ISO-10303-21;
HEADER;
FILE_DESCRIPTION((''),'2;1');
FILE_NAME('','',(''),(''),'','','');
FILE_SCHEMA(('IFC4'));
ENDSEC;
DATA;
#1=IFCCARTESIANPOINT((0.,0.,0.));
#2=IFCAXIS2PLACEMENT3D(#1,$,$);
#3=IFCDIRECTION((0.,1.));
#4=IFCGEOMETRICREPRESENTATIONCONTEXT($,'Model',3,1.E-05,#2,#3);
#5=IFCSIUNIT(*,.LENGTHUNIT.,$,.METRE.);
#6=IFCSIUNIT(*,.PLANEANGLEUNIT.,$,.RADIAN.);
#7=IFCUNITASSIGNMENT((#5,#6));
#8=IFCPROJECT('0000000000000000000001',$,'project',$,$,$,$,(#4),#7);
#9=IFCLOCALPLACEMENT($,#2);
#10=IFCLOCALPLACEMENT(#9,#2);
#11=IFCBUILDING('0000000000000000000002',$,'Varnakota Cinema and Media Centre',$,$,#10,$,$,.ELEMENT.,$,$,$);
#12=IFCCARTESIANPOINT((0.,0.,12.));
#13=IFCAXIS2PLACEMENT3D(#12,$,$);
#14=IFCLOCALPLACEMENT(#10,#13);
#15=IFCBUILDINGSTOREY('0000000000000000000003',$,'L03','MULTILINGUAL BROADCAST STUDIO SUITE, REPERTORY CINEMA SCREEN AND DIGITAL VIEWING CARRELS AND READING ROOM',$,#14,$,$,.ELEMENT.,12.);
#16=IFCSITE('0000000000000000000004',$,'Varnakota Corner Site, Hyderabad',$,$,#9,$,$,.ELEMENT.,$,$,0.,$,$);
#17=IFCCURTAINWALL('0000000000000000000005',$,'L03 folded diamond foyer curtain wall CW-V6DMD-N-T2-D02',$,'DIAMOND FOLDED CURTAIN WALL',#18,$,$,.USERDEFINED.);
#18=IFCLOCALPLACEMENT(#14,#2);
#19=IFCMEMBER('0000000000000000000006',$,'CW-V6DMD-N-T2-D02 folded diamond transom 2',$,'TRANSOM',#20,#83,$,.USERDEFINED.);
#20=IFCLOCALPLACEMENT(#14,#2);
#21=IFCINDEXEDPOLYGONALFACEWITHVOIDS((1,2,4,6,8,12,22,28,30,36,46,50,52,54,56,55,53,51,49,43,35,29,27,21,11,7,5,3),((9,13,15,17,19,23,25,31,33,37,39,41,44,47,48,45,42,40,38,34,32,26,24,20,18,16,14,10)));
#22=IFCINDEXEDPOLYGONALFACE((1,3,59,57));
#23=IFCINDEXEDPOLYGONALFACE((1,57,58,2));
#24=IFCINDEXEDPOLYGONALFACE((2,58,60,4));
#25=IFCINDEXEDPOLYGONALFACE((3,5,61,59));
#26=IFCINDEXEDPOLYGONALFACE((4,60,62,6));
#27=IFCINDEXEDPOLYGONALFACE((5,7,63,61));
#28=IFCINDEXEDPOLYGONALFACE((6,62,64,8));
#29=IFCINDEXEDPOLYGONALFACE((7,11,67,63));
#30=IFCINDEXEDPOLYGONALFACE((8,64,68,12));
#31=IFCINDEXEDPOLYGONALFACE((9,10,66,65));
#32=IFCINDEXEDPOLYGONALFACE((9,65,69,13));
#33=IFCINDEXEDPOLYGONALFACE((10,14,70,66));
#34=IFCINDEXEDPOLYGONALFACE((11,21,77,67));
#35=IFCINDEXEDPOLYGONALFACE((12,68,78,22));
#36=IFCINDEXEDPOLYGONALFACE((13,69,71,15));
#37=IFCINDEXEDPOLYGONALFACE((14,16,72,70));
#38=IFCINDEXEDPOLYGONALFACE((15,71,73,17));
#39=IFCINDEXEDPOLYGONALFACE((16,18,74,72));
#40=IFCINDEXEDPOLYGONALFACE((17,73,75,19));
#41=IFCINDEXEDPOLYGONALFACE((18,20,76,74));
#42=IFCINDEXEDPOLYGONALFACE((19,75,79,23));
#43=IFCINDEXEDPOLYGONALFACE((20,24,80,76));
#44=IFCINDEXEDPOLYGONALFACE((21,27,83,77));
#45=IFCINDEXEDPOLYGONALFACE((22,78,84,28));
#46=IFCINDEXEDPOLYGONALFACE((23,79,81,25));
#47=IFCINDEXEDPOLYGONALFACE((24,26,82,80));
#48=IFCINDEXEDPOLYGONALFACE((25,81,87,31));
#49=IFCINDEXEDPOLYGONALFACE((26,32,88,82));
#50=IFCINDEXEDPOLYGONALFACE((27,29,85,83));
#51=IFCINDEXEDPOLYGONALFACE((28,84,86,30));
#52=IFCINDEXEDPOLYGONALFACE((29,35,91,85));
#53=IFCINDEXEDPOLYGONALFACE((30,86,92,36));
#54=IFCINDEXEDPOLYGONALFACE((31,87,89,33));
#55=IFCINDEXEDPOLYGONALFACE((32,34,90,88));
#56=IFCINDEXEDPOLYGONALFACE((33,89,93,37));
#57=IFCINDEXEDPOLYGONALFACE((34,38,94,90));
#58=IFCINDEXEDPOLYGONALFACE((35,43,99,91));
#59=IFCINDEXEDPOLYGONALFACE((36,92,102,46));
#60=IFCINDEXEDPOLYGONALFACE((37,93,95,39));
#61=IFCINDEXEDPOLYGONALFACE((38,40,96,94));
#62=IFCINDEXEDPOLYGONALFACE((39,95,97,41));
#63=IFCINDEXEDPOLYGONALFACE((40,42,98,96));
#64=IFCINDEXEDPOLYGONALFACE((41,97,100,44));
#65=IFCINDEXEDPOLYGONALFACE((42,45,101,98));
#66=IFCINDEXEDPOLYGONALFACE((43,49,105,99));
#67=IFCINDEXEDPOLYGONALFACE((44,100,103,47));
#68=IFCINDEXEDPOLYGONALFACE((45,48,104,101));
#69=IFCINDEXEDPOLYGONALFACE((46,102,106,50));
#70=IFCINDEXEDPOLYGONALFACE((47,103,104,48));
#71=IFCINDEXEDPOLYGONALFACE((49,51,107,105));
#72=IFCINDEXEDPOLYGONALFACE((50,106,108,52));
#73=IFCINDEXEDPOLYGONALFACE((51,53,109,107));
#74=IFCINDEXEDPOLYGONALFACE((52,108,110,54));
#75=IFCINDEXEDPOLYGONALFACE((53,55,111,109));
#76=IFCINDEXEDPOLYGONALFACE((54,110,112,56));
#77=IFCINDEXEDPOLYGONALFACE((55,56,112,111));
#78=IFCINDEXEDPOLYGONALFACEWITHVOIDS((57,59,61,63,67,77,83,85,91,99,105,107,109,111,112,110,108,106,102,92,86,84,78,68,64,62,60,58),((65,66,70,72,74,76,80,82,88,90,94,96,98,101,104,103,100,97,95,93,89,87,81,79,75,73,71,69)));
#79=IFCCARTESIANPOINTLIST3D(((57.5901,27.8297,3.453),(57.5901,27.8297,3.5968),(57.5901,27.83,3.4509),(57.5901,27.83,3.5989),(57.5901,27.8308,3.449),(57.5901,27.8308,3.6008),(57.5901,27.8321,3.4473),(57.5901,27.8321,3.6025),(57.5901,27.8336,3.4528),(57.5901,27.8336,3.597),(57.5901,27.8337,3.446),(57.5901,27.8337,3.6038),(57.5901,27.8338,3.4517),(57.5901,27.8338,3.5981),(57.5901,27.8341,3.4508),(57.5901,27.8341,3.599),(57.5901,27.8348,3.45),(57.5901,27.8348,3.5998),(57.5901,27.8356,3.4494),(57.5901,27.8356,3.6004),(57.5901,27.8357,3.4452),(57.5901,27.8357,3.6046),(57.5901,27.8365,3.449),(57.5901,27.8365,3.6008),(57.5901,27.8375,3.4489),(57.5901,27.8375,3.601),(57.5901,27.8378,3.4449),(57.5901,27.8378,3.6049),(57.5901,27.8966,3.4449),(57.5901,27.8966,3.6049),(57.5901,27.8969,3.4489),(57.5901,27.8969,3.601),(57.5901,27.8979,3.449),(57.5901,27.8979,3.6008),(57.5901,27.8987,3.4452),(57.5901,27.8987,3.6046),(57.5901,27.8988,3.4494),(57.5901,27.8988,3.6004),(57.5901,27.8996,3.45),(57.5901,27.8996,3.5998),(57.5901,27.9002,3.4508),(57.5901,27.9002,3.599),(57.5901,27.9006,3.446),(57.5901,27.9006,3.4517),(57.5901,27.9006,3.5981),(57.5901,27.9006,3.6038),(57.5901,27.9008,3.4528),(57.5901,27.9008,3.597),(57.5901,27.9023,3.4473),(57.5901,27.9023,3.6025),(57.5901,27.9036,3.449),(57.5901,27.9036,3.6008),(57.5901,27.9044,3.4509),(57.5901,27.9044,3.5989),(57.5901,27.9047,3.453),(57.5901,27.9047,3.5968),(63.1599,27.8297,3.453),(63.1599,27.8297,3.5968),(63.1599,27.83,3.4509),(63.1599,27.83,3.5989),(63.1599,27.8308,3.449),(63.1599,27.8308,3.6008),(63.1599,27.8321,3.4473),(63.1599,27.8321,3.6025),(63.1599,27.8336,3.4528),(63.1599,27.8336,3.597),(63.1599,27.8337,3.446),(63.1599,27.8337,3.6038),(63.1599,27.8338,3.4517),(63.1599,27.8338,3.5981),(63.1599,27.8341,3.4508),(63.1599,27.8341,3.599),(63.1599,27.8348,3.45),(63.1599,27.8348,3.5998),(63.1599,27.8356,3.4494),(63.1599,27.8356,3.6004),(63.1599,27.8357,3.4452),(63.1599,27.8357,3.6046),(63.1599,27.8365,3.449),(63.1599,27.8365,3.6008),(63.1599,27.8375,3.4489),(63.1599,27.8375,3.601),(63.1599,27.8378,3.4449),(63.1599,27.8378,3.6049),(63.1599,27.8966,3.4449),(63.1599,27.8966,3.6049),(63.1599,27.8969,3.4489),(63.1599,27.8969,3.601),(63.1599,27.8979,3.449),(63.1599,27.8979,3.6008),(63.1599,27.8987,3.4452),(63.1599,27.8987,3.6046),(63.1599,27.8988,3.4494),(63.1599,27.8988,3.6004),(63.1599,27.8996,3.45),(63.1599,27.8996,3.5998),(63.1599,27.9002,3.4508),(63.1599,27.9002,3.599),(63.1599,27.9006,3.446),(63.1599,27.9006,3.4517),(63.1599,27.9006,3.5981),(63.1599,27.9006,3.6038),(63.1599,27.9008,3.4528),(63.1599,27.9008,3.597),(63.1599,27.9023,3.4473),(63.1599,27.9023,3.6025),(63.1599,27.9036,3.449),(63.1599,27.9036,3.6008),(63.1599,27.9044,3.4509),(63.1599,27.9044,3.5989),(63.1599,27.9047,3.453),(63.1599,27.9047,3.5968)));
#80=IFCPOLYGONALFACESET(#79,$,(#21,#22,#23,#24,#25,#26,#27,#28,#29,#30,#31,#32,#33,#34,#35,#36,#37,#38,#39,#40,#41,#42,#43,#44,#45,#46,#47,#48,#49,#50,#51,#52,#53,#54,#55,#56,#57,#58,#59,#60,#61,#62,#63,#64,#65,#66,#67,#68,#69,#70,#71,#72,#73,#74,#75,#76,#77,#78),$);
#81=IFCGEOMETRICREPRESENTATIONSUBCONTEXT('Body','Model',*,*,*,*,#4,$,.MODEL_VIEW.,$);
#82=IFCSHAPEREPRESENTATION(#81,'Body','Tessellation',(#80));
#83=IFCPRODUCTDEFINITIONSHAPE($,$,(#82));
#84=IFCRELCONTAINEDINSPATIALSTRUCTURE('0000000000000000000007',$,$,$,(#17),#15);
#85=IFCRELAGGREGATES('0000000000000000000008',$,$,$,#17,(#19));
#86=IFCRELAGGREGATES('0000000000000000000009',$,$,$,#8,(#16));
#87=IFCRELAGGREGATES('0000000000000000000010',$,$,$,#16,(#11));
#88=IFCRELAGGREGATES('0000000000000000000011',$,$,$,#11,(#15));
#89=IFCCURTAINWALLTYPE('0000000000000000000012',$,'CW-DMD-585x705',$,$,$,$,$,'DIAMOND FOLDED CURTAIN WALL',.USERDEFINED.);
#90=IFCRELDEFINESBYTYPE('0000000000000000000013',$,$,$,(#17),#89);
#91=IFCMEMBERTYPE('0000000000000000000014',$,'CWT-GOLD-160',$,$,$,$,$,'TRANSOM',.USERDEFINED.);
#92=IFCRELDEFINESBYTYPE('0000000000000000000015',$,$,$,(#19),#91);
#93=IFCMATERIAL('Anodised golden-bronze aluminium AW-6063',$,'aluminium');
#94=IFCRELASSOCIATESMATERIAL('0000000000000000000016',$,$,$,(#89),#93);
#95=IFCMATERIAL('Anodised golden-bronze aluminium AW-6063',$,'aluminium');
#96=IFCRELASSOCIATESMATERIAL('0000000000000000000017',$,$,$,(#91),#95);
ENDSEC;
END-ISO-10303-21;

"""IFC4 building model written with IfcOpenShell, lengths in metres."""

from ifc_helpers import new_model, si_unit, direction, frame, origin, origin_2d, place, context, subcontext, project, spatial, hollow_rectangle, extrude, material, material_profile, profile_set, type_object, element, aggregate, save


model = new_model("IFC4")

# Units and contexts
model_context = context("Model", 3, precision=1e-05, world=origin(), true_north=direction((0.0, 1.0)))
body_context = subcontext(model_context, "Body", "Model", "MODEL_VIEW")
ifc_project = project(units=[si_unit("LENGTHUNIT", "METRE"), si_unit("PLANEANGLEUNIT", "RADIAN")], contexts=[model_context])

# Site, building, storey
site_placement = place(None, origin())
site = spatial("IfcSite", under=ifc_project, at=site_placement, Name="Varnakota Corner Site, Hyderabad", CompositionType="ELEMENT", RefElevation=0.0)
building_placement = place(site_placement, origin())
building = spatial("IfcBuilding", under=site, at=building_placement, Name="Varnakota Cinema and Media Centre", CompositionType="ELEMENT")
storey_placement = place(building_placement, frame((0.0, 0.0, 12.0)))
storey = spatial("IfcBuildingStorey", under=building, at=storey_placement, Name="L03", Description="MULTILINGUAL BROADCAST STUDIO SUITE, REPERTORY CINEMA SCREEN AND DIGITAL VIEWING CARRELS AND READING ROOM", CompositionType="ELEMENT", Elevation=12.0)

# Shared definitions
ifc_material_1 = material(Name="Anodised golden-bronze aluminium AW-6063", Category="aluminium")
curtain_wall_type = type_object("IfcCurtainWallType", Name="CW-DMD-585x705", ElementType="DIAMOND FOLDED CURTAIN WALL", PredefinedType="USERDEFINED", material=ifc_material_1)

# Curtain wall
curtain_wall_1_placement = place(storey_placement, origin())
curtain_wall_1 = element("IfcCurtainWall", 1, at=curtain_wall_1_placement, inside=storey, type_object=curtain_wall_type, Name="L03 folded diamond foyer curtain wall CW-V6DMD-N-T2-D02", ObjectType="DIAMOND FOLDED CURTAIN WALL", PredefinedType="USERDEFINED")

# Member
ifc_material_2 = material(Name="Anodised golden-bronze aluminium AW-6063", Category="aluminium")
ifc_material_profile_1 = material_profile(ifc_material_2, hollow_rectangle(XDim=0.075, YDim=0.1599, WallThickness=0.0039, InnerFilletRadius=0.0039, OuterFilletRadius=0.0081, at=origin_2d()), Name="AL-TRANSOM 160x75x4")
ifc_profile_set_1 = profile_set([ifc_material_profile_1], Name="Anodised golden-bronze aluminium AW-6063")
member_type_1 = type_object("IfcMemberType", Name="CWT-GOLD-160", ElementType="TRANSOM", PredefinedType="USERDEFINED", material=ifc_profile_set_1)
member_1_placement = place(storey_placement, frame((57.5901, 27.8672, 3.5249), z_axis=(1.0, 0.0, 0.0), x_axis=(0.0, 1.0, 0.0)))
member_1 = element("IfcMember", 2, at=member_1_placement, type_object=member_type_1, Name="CW-V6DMD-N-T2-D02 folded diamond transom 2", ObjectType="TRANSOM", PredefinedType="USERDEFINED", context=body_context, shape_type="SweptSolid", body=[
    extrude(hollow_rectangle(XDim=0.075, YDim=0.1599, WallThickness=0.0039, InnerFilletRadius=0.0039, OuterFilletRadius=0.0081, at=origin_2d()), origin(), (0.0, 0.0, 1.0), 5.5698),
])
aggregate(curtain_wall_1, [member_1])

save(model, "model.ifc")
